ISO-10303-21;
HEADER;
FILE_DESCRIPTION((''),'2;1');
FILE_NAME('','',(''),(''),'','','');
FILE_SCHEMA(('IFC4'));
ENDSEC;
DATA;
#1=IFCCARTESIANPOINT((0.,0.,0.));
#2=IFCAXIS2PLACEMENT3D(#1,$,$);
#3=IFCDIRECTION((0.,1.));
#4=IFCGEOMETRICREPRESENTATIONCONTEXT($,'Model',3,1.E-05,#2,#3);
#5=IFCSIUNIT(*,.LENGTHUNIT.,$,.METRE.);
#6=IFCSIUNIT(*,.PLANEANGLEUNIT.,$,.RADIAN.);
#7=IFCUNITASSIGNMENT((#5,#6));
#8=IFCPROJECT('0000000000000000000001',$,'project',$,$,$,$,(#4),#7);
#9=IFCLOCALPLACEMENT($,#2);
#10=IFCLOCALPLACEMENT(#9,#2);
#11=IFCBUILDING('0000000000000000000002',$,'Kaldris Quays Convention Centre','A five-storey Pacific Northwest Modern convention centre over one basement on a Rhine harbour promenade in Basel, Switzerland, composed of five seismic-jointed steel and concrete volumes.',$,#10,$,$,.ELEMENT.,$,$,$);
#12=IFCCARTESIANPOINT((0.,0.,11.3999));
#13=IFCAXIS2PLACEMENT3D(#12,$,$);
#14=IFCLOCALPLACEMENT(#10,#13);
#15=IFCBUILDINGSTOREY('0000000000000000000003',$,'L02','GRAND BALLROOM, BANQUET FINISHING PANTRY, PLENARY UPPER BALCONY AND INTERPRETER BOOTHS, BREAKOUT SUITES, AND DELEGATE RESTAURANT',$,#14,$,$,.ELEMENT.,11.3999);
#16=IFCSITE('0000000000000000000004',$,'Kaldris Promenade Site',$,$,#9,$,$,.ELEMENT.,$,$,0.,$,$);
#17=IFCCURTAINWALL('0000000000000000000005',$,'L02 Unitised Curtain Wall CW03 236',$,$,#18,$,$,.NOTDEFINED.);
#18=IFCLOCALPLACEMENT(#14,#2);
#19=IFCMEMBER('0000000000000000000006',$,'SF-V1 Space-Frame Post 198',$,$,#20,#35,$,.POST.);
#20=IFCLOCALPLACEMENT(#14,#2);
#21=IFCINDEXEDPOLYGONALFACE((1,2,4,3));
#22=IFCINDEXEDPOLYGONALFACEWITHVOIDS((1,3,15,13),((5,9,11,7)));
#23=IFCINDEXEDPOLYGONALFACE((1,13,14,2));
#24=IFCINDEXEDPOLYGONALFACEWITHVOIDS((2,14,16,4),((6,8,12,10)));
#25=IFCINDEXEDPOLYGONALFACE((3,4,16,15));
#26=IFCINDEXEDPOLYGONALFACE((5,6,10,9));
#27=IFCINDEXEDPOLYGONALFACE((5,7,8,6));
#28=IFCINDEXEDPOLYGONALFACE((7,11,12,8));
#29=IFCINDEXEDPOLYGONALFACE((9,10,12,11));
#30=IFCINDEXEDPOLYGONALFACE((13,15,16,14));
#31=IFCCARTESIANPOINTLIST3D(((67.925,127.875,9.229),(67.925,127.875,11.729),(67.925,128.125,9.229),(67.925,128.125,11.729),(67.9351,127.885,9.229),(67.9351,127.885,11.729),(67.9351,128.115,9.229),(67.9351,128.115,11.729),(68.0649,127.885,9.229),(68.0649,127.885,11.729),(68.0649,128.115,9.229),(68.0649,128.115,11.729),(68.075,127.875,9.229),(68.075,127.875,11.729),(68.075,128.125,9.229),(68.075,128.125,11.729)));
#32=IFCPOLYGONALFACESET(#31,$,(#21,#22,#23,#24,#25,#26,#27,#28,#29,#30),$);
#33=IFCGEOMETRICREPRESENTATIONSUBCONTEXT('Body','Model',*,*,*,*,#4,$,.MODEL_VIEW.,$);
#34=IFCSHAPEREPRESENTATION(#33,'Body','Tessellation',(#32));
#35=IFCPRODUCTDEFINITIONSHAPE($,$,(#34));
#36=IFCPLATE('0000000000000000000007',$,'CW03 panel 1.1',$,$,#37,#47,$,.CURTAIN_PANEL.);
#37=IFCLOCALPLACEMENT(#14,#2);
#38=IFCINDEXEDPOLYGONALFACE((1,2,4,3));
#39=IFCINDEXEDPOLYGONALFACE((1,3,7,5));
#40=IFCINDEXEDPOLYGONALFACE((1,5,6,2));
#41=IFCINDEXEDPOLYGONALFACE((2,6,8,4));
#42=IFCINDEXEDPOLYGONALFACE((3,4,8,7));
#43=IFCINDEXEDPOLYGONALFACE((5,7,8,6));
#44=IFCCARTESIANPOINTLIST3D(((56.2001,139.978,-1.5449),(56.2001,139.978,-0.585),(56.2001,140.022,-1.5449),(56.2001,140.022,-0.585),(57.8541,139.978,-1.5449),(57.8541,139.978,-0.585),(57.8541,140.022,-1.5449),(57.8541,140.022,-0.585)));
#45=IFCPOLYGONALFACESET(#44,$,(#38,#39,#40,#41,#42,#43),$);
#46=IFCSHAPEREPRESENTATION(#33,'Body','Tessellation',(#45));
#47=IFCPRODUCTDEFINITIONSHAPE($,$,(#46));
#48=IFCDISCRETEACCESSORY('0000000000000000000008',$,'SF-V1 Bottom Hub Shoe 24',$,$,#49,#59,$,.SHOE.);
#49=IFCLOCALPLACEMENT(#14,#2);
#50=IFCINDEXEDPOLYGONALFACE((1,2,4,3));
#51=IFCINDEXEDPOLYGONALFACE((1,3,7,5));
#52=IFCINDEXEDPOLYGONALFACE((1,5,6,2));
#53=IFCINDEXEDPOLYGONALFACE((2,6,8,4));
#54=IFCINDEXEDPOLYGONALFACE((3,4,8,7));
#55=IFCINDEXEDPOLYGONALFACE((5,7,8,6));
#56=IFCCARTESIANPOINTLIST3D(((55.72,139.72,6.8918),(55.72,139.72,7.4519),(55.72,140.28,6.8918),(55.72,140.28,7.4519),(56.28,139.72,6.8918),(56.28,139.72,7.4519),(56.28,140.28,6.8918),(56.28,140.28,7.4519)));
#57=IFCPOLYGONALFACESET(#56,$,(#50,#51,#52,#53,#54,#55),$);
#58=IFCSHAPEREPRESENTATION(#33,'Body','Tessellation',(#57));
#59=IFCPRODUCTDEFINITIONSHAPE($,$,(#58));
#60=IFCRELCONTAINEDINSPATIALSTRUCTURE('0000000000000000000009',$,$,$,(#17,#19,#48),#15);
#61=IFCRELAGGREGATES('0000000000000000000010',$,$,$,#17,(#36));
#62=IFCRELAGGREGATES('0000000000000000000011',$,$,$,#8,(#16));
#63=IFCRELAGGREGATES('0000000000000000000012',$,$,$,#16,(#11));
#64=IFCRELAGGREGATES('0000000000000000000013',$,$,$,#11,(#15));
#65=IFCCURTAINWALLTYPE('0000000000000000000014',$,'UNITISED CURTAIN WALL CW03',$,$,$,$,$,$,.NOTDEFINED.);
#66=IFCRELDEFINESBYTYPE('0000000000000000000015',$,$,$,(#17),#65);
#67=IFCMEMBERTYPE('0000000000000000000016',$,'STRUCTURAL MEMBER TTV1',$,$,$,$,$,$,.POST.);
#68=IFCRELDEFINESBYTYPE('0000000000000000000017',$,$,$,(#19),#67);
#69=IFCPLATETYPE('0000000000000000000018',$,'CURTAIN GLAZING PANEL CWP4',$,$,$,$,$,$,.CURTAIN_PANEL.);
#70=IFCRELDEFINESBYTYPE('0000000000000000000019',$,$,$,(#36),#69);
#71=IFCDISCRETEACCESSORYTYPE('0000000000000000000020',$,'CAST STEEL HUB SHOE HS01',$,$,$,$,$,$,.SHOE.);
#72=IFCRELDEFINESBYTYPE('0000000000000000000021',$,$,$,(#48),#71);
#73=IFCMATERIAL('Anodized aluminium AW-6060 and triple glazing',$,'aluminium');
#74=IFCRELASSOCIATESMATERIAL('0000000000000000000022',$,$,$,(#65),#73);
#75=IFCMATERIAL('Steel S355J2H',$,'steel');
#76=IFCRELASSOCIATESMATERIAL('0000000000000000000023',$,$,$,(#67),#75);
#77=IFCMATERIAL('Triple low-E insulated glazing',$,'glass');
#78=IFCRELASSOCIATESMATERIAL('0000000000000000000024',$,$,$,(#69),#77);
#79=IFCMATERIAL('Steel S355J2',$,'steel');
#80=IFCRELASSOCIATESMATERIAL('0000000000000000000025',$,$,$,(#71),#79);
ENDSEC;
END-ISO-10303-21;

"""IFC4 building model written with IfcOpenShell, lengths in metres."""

from ifc_helpers import new_model, si_unit, direction, frame, origin, origin_2d, place, context, subcontext, project, spatial, rectangle, hollow_rectangle, extrude, material, material_profile, profile_set, type_object, element, aggregate, save


model = new_model("IFC4")

# Units and contexts
model_context = context("Model", 3, precision=1e-05, world=origin(), true_north=direction((0.0, 1.0)))
body_context = subcontext(model_context, "Body", "Model", "MODEL_VIEW")
ifc_project = project(units=[si_unit("LENGTHUNIT", "METRE"), si_unit("PLANEANGLEUNIT", "RADIAN")], contexts=[model_context])

# Site, building, storey
site_placement = place(None, origin())
site = spatial("IfcSite", under=ifc_project, at=site_placement, Name="Kaldris Promenade Site", CompositionType="ELEMENT", RefElevation=0.0)
building_placement = place(site_placement, origin())
building = spatial("IfcBuilding", under=site, at=building_placement, Name="Kaldris Quays Convention Centre", Description="A five-storey Pacific Northwest Modern convention centre over one basement on a Rhine harbour promenade in Basel, Switzerland, composed of five seismic-jointed steel and concrete volumes.", CompositionType="ELEMENT")
storey_placement = place(building_placement, frame((0.0, 0.0, 11.3999)))
storey = spatial("IfcBuildingStorey", under=building, at=storey_placement, Name="L02", Description="GRAND BALLROOM, BANQUET FINISHING PANTRY, PLENARY UPPER BALCONY AND INTERPRETER BOOTHS, BREAKOUT SUITES, AND DELEGATE RESTAURANT", CompositionType="ELEMENT", Elevation=11.3999)

# Shared definitions
ifc_material_1 = material(Name="Steel S355J2", Category="steel")

# Curtain wall
ifc_material_2 = material(Name="Anodized aluminium AW-6060 and triple glazing", Category="aluminium")
curtain_wall_type = type_object("IfcCurtainWallType", Name="UNITISED CURTAIN WALL CW03", PredefinedType="NOTDEFINED", material=ifc_material_2)
curtain_wall_placement = place(storey_placement, origin())
curtain_wall = element("IfcCurtainWall", 1, at=curtain_wall_placement, inside=storey, type_object=curtain_wall_type, Name="L02 Unitised Curtain Wall CW03 236", PredefinedType="NOTDEFINED")

# Member
ifc_material_3 = material(Name="Steel S355J2H", Category="steel")
ifc_material_profile_1 = material_profile(ifc_material_3, hollow_rectangle(XDim=0.1499, YDim=0.25, WallThickness=0.01, at=origin_2d()), Name="RHS 250x150x10")
ifc_profile_set_1 = profile_set([ifc_material_profile_1], Name="Steel S355J2H")
member_type_1 = type_object("IfcMemberType", Name="STRUCTURAL MEMBER TTV1", PredefinedType="POST", material=ifc_profile_set_1)
for number, where, z_axis, x_axis, name in (
    (2, (68.0, 128.0, 9.229), (0.0, 0.0, 1.0), (1.0, 0.0, 0.0), "SF-V1 Space-Frame Post 198"),
):
    element("IfcMember", number, at=place(storey_placement, frame(where, z_axis=z_axis, x_axis=x_axis)), inside=storey, type_object=member_type_1, Name=name, PredefinedType="POST", context=body_context, shape_type="SweptSolid", body=[
        extrude(hollow_rectangle(XDim=0.1499, YDim=0.25, WallThickness=0.01, at=origin_2d()), origin(), (0.0, 0.0, 1.0), 2.5),
    ])

# Plate
ifc_material_4 = material(Name="Triple low-E insulated glazing", Category="glass")
plate_type = type_object("IfcPlateType", Name="CURTAIN GLAZING PANEL CWP4", PredefinedType="CURTAIN_PANEL", material=ifc_material_4)
plate_placement = place(storey_placement, frame((57.0271, 140.0, -1.5449), z_axis=(0.0, 0.0, 1.0), x_axis=(1.0, 0.0, 0.0)))
plate = element("IfcPlate", 3, at=plate_placement, type_object=plate_type, Name="CW03 panel 1.1", PredefinedType="CURTAIN_PANEL", context=body_context, shape_type="SweptSolid", body=[
    extrude(rectangle(XDim=1.6541, YDim=0.0439, at=origin_2d()), origin(), (0.0, 0.0, 1.0), 0.96),
])
aggregate(curtain_wall, [plate])

# Discrete accessory
discrete_accessory_type = type_object("IfcDiscreteAccessoryType", Name="CAST STEEL HUB SHOE HS01", PredefinedType="SHOE", material=ifc_material_1)
discrete_accessory_placement = place(storey_placement, frame((56.0, 140.0, 6.8918), z_axis=(0.0, 0.0, 1.0), x_axis=(1.0, 0.0, 0.0)))
element("IfcDiscreteAccessory", 4, at=discrete_accessory_placement, inside=storey, type_object=discrete_accessory_type, Name="SF-V1 Bottom Hub Shoe 24", PredefinedType="SHOE", context=body_context, shape_type="SweptSolid", body=[
    extrude(rectangle(XDim=0.5601, YDim=0.5601, at=origin_2d()), origin(), (0.0, 0.0, 1.0), 0.5601),
])

save(model, "model.ifc")
